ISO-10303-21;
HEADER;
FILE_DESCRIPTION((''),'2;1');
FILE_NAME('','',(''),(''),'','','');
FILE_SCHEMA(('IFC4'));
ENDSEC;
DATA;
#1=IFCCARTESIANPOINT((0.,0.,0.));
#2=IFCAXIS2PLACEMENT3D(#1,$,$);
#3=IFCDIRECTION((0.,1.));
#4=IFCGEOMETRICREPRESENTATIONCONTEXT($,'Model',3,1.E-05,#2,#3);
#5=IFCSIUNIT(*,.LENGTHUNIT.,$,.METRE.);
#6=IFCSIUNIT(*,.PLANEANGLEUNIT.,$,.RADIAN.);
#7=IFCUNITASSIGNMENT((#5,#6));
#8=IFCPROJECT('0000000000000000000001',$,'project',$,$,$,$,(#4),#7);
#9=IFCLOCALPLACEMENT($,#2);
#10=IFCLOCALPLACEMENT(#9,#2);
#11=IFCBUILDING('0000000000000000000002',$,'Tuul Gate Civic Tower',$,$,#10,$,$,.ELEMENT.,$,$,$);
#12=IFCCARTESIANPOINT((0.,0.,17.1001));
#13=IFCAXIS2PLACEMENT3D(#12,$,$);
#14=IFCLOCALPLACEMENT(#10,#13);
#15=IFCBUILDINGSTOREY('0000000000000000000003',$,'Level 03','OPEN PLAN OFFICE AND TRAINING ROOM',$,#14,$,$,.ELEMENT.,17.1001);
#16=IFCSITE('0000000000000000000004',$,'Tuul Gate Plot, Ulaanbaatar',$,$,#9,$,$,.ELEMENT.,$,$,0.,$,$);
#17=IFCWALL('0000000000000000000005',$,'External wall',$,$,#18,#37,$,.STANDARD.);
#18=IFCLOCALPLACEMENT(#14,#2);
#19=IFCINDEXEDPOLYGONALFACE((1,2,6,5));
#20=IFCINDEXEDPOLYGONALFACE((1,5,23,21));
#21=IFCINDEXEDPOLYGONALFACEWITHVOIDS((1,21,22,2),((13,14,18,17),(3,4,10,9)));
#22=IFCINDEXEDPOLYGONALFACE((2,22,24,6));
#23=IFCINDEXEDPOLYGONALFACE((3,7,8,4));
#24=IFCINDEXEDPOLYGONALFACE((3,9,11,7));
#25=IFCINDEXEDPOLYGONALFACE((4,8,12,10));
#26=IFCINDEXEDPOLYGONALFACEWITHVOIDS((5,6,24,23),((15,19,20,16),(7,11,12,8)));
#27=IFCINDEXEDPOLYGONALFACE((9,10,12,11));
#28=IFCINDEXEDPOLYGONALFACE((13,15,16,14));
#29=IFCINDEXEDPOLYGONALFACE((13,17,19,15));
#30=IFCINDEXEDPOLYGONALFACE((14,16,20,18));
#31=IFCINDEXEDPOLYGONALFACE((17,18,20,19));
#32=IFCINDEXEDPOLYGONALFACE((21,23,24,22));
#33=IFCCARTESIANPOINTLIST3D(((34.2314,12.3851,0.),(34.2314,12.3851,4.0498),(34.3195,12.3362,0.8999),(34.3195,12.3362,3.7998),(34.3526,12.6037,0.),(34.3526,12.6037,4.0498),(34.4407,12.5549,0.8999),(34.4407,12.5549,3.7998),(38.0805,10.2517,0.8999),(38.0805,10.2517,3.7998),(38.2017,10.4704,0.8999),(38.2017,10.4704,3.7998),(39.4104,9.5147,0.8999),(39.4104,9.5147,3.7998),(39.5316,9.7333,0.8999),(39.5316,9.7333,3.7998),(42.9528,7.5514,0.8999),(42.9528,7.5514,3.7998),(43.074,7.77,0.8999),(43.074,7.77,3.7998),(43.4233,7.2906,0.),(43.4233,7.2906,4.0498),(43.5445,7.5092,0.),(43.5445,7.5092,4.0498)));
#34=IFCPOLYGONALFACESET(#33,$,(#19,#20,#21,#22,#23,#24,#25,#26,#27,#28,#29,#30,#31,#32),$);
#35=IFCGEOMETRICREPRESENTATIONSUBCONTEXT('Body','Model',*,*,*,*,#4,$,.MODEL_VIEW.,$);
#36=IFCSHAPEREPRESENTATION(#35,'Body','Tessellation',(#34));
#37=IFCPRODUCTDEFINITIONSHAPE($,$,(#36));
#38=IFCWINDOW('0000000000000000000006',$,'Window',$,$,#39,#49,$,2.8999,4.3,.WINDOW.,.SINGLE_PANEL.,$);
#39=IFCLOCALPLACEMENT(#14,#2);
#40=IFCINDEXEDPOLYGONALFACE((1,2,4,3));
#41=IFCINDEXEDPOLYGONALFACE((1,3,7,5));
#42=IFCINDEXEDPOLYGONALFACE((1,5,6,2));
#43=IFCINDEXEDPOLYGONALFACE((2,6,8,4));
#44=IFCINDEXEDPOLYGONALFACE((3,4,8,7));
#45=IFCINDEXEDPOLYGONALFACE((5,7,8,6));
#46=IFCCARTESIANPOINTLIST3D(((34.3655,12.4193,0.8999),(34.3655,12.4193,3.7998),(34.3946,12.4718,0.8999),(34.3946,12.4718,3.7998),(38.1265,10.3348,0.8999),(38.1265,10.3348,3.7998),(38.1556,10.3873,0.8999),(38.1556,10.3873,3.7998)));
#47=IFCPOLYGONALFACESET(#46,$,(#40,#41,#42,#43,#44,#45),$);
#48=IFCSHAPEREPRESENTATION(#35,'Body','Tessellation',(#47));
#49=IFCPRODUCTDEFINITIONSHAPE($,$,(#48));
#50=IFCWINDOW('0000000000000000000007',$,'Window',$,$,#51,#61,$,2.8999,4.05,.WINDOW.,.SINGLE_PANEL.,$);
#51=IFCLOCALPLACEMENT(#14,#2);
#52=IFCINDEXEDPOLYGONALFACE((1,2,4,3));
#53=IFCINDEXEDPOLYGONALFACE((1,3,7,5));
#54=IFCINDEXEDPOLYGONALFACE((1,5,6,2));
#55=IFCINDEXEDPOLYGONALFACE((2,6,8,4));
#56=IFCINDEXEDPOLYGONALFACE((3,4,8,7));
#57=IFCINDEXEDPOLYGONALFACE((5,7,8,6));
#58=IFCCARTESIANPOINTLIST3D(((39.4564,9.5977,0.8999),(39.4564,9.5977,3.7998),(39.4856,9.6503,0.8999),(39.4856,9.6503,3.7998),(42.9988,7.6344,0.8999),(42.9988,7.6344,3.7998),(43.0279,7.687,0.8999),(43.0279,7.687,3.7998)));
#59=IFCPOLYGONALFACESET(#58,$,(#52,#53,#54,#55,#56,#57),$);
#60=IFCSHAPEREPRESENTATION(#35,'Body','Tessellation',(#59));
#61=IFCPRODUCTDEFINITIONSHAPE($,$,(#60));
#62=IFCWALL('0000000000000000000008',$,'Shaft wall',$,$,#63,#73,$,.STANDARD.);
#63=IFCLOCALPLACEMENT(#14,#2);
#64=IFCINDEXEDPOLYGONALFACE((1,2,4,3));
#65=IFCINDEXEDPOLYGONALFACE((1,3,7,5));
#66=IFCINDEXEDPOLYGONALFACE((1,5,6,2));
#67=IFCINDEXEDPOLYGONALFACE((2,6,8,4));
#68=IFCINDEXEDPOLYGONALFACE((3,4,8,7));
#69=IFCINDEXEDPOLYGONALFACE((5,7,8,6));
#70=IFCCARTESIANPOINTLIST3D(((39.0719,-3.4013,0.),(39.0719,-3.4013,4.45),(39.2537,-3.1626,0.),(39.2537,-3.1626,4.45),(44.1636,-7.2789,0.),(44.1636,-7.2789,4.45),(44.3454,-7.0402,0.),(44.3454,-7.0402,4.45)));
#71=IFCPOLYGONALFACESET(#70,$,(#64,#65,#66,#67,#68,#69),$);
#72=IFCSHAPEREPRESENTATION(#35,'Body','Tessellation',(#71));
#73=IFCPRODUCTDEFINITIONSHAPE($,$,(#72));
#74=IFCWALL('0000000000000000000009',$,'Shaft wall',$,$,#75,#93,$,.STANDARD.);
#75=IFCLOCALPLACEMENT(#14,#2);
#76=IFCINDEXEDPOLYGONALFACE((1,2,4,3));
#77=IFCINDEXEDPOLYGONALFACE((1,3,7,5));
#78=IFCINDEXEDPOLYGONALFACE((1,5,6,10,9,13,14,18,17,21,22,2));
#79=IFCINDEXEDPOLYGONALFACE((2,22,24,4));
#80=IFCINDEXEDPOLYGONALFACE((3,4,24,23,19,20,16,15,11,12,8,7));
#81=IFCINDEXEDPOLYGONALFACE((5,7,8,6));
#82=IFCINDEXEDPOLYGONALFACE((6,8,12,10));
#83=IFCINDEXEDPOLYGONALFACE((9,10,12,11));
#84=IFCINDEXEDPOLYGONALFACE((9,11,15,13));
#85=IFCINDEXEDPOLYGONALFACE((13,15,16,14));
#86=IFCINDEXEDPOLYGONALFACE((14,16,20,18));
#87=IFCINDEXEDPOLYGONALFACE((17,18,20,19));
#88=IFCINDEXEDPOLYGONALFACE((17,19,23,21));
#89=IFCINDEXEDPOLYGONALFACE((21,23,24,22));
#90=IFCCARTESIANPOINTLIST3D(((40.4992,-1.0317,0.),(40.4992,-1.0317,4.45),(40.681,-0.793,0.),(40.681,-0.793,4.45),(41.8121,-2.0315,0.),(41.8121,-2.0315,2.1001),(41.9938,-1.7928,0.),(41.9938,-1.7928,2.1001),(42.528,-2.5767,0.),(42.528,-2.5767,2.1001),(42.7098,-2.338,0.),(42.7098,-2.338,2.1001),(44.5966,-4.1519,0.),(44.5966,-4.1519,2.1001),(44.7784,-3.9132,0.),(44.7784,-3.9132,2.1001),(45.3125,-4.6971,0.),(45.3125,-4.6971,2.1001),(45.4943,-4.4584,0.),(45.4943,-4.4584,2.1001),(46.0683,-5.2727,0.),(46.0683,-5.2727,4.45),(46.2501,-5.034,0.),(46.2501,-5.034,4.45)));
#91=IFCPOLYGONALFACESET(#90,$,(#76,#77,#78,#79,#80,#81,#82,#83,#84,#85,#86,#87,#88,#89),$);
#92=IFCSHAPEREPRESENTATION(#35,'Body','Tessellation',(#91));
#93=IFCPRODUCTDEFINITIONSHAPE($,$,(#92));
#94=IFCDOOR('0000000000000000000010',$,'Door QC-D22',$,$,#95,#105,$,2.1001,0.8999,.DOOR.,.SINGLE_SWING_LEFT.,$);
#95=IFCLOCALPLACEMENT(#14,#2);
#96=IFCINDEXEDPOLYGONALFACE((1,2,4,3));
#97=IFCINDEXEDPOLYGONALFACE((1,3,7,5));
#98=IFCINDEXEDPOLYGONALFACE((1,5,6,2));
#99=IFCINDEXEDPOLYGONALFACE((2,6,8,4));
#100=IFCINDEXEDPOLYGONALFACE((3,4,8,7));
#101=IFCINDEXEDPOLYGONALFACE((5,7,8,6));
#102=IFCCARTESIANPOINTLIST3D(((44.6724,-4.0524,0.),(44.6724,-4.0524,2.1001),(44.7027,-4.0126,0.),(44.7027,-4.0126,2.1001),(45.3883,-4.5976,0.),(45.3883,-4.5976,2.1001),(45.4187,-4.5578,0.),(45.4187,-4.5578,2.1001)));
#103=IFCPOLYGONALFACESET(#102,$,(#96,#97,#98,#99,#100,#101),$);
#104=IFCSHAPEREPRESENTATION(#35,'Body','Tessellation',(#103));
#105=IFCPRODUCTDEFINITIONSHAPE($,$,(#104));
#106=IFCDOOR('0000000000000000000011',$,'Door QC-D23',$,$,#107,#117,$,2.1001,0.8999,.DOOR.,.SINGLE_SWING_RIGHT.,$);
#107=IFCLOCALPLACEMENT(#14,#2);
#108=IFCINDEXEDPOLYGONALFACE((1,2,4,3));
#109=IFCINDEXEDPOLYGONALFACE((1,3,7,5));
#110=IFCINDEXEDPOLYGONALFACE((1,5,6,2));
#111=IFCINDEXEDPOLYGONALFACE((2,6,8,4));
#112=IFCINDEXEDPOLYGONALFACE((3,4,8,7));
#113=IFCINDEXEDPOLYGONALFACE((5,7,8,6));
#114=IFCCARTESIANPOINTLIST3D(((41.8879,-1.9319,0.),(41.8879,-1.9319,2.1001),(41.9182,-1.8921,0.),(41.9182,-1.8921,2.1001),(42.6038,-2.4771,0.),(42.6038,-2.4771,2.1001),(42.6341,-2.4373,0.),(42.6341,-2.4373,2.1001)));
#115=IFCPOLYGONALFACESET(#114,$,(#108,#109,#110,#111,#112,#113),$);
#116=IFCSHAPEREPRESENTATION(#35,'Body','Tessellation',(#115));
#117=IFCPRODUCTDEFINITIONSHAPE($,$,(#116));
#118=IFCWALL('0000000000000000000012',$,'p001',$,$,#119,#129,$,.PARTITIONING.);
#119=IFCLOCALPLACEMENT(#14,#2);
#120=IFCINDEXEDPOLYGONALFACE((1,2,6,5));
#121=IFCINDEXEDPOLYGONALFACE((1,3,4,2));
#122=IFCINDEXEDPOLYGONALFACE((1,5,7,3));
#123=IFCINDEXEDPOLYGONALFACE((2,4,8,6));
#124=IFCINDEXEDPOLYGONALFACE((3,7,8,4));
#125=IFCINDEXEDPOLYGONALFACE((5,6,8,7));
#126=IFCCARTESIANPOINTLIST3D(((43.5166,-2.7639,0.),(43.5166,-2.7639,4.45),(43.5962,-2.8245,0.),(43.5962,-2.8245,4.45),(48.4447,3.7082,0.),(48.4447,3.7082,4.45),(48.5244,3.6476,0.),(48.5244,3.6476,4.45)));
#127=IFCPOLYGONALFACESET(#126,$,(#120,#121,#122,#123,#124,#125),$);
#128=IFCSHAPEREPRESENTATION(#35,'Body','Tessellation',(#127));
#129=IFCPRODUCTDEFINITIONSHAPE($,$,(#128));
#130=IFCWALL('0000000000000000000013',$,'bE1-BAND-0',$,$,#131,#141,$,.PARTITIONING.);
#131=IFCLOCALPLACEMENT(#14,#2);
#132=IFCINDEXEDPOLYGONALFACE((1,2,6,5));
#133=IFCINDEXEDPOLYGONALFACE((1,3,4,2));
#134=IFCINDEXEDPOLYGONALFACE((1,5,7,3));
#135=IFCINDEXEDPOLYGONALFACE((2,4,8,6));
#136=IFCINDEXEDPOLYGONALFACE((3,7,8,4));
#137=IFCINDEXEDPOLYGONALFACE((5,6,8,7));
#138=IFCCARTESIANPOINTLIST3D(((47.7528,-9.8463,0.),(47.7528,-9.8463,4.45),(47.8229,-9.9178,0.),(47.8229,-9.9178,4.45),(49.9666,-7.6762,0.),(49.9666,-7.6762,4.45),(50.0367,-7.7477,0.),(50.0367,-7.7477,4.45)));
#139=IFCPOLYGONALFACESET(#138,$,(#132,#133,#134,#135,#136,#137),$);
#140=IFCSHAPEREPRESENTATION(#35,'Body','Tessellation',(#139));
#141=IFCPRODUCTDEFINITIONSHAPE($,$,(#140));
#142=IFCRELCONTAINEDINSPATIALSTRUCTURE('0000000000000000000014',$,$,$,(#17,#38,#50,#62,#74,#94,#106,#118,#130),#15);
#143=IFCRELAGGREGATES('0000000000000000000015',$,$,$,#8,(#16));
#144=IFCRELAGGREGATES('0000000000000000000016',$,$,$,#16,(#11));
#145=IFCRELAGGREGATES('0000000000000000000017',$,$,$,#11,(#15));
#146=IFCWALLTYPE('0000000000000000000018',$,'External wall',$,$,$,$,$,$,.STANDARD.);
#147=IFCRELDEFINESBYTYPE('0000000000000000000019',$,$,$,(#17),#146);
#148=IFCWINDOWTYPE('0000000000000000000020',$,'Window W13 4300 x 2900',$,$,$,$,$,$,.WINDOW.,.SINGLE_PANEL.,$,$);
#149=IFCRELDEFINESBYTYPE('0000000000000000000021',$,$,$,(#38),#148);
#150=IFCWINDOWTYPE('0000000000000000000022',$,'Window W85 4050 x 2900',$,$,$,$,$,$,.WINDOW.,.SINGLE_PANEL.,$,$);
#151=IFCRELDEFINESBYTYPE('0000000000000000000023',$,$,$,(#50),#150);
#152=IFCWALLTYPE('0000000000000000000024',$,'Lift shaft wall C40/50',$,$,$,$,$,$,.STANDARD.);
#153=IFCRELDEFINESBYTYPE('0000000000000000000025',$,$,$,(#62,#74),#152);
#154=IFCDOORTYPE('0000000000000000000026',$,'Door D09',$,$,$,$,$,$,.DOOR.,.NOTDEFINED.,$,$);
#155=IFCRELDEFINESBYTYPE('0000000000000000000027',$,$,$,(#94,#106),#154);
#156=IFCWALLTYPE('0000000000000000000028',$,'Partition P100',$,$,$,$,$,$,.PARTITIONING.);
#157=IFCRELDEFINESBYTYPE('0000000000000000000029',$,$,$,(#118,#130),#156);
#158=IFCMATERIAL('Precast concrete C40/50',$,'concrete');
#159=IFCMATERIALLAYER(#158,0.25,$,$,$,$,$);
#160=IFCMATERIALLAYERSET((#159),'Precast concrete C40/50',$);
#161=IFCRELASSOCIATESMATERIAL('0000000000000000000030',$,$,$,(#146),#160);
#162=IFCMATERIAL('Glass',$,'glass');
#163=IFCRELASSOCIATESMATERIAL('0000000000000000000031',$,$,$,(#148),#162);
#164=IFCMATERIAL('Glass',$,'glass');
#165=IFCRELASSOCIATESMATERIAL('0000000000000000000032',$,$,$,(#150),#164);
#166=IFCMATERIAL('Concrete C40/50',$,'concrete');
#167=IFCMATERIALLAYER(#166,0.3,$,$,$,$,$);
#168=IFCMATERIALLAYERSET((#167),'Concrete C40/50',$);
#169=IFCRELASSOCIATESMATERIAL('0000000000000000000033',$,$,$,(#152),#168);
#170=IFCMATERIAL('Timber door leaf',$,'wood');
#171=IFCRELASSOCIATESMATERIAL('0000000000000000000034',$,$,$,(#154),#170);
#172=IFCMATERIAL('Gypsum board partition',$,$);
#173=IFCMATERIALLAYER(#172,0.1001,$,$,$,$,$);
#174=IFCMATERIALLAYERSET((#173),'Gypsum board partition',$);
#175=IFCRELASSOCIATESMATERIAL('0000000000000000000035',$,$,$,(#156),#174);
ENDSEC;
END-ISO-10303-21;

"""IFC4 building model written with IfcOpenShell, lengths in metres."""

from ifc_helpers import new_model, si_unit, direction, frame, frame_2d, origin, place, context, subcontext, project, spatial, rectangle, extrude, material, layer, layer_set, type_object, element, fill, save


model = new_model("IFC4")

# Units and contexts
model_context = context("Model", 3, precision=1e-05, world=origin(), true_north=direction((0.0, 1.0)))
body_context = subcontext(model_context, "Body", "Model", "MODEL_VIEW")
ifc_project = project(units=[si_unit("LENGTHUNIT", "METRE"), si_unit("PLANEANGLEUNIT", "RADIAN")], contexts=[model_context])

# Site, building, storey
site_placement = place(None, origin())
site = spatial("IfcSite", under=ifc_project, at=site_placement, Name="Tuul Gate Plot, Ulaanbaatar", CompositionType="ELEMENT", RefElevation=0.0)
building_placement = place(site_placement, origin())
building = spatial("IfcBuilding", under=site, at=building_placement, Name="Tuul Gate Civic Tower", CompositionType="ELEMENT")
storey_placement = place(building_placement, frame((0.0, 0.0, 17.1001)))
storey = spatial("IfcBuildingStorey", under=building, at=storey_placement, Name="Level 03", Description="OPEN PLAN OFFICE AND TRAINING ROOM", CompositionType="ELEMENT", Elevation=17.1001)

# Wall, openings, windows
ifc_material_1 = material(Name="Precast concrete C40/50", Category="concrete")
ifc_layer_1 = layer(ifc_material_1, 0.25)
ifc_layer_set_1 = layer_set([ifc_layer_1], Name="Precast concrete C40/50")
wall_type_1 = type_object("IfcWallType", Name="External wall", PredefinedType="STANDARD", material=ifc_layer_set_1)
ifc_material_2 = material(Name="Glass", Category="glass")
window_type_1 = type_object("IfcWindowType", Name="Window W13 4300 x 2900", PartitioningType="SINGLE_PANEL", PredefinedType="WINDOW", material=ifc_material_2)
wall_1_placement = place(storey_placement, frame((43.4839, 7.3999, 0.0), z_axis=(0.0, 0.0, 1.0), x_axis=(-0.874647, 0.484761, 0.0)))
wall_1 = element("IfcWall", 1, at=wall_1_placement, inside=storey, type_object=wall_type_1, Name="External wall", PredefinedType="STANDARD", context=body_context, shape_type="SweptSolid", body=[
    extrude(rectangle(XDim=10.5093, YDim=0.25, at=frame_2d((5.2546, 0.0))), origin(), (0.0, 0.0, 1.0), 4.0498),
])
opening_1_placement = place(wall_1_placement, frame((0.5381, 0.0, 0.8999)))
opening_1 = element("IfcOpeningElement", 2, at=opening_1_placement, cuts=wall_1, PredefinedType="OPENING", context=body_context, shape_type="SweptSolid", body=[
    extrude(rectangle(XDim=4.05, YDim=2.8999, at=frame_2d((2.0249, 1.45))), frame((0.0, 0.135, 0.0), z_axis=(0.0, -1.0, 0.0), x_axis=(1.0, 0.0, 0.0)), (0.0, 0.0, 1.0), 0.27),
])
opening_2_placement = place(wall_1_placement, frame((6.1086, 0.0, 0.8999)))
opening_2 = element("IfcOpeningElement", 3, at=opening_2_placement, cuts=wall_1, PredefinedType="OPENING", context=body_context, shape_type="SweptSolid", body=[
    extrude(rectangle(XDim=4.3, YDim=2.8999, at=frame_2d((2.1499, 1.45))), frame((0.0, 0.135, 0.0), z_axis=(0.0, -1.0, 0.0), x_axis=(1.0, 0.0, 0.0)), (0.0, 0.0, 1.0), 0.27),
])
window_1_placement = place(opening_2_placement, origin())
window_1 = element("IfcWindow", 4, at=window_1_placement, inside=storey, type_object=window_type_1, Name="Window", OverallHeight=2.8999, OverallWidth=4.3, PartitioningType="SINGLE_PANEL", PredefinedType="WINDOW", context=body_context, shape_type="SweptSolid", body=[
    extrude(rectangle(XDim=4.3, YDim=2.8999, at=frame_2d((2.1499, 1.45))), frame((0.0, 0.03, 0.0), z_axis=(0.0, -1.0, 0.0), x_axis=(1.0, 0.0, 0.0)), (0.0, 0.0, 1.0), 0.0601),
])
fill(opening_2, window_1)
ifc_material_3 = material(Name="Glass", Category="glass")
window_type_2 = type_object("IfcWindowType", Name="Window W85 4050 x 2900", PartitioningType="SINGLE_PANEL", PredefinedType="WINDOW", material=ifc_material_3)
window_2_placement = place(opening_1_placement, origin())
window_2 = element("IfcWindow", 5, at=window_2_placement, inside=storey, type_object=window_type_2, Name="Window", OverallHeight=2.8999, OverallWidth=4.05, PartitioningType="SINGLE_PANEL", PredefinedType="WINDOW", context=body_context, shape_type="SweptSolid", body=[
    extrude(rectangle(XDim=4.05, YDim=2.8999, at=frame_2d((2.0249, 1.45))), frame((0.0, 0.03, 0.0), z_axis=(0.0, -1.0, 0.0), x_axis=(1.0, 0.0, 0.0)), (0.0, 0.0, 1.0), 0.0601),
])
fill(opening_1, window_2)

# Wall
ifc_material_4 = material(Name="Concrete C40/50", Category="concrete")
ifc_layer_2 = layer(ifc_material_4, 0.3)
ifc_layer_set_2 = layer_set([ifc_layer_2], Name="Concrete C40/50")
wall_type_2 = type_object("IfcWallType", Name="Lift shaft wall C40/50", PredefinedType="STANDARD", material=ifc_layer_set_2)
wall_2_placement = place(storey_placement, frame((44.2546, -7.1597, 0.0), z_axis=(0.0, 0.0, 1.0), x_axis=(-0.795566, 0.605867, 0.0)))
element("IfcWall", 6, at=wall_2_placement, inside=storey, type_object=wall_type_2, Name="Shaft wall", PredefinedType="STANDARD", context=body_context, shape_type="SweptSolid", body=[
    extrude(rectangle(XDim=6.4001, YDim=0.3, at=frame_2d((3.2002, 0.0))), origin(), (0.0, 0.0, 1.0), 4.45),
])

# Wall, openings, doors
wall_3_placement = place(storey_placement, frame((46.1592, -5.1533, 0.0), z_axis=(0.0, 0.0, 1.0), x_axis=(-0.79558, 0.605849, 0.0)))
wall_3 = element("IfcWall", 7, at=wall_3_placement, inside=storey, type_object=wall_type_2, Name="Shaft wall", PredefinedType="STANDARD", context=body_context, shape_type="SweptSolid", body=[
    extrude(rectangle(XDim=7.0, YDim=0.3, at=frame_2d((3.5, 0.0))), origin(), (0.0, 0.0, 1.0), 4.45),
])
opening_3_placement = place(wall_3_placement, frame((0.95, 0.0, 0.0)))
opening_3 = element("IfcOpeningElement", 8, at=opening_3_placement, cuts=wall_3, PredefinedType="OPENING", context=body_context, shape_type="SweptSolid", body=[
    extrude(rectangle(XDim=0.8999, YDim=2.1001, at=frame_2d((0.45, 1.05))), frame((0.0, 0.1602, 0.0), z_axis=(0.0, -1.0, 0.0), x_axis=(1.0, 0.0, 0.0)), (0.0, 0.0, 1.0), 0.3201),
])
opening_4_placement = place(wall_3_placement, frame((4.45, 0.0, 0.0)))
opening_4 = element("IfcOpeningElement", 9, at=opening_4_placement, cuts=wall_3, PredefinedType="OPENING", context=body_context, shape_type="SweptSolid", body=[
    extrude(rectangle(XDim=0.8999, YDim=2.1001, at=frame_2d((0.45, 1.05))), frame((0.0, 0.1602, 0.0), z_axis=(0.0, -1.0, 0.0), x_axis=(1.0, 0.0, 0.0)), (0.0, 0.0, 1.0), 0.3201),
])
ifc_material_5 = material(Name="Timber door leaf", Category="wood")
door_type_1 = type_object("IfcDoorType", Name="Door D09", OperationType="NOTDEFINED", PredefinedType="DOOR", material=ifc_material_5)
door_1_placement = place(opening_3_placement, origin())
door_1 = element("IfcDoor", 10, at=door_1_placement, inside=storey, type_object=door_type_1, Name="Door QC-D22", OperationType="SINGLE_SWING_LEFT", OverallHeight=2.1001, OverallWidth=0.8999, PredefinedType="DOOR", context=body_context, shape_type="SweptSolid", body=[
    extrude(rectangle(XDim=0.8999, YDim=2.1001, at=frame_2d((0.45, 1.05))), frame((0.0, 0.0249, 0.0), z_axis=(0.0, -1.0, 0.0), x_axis=(1.0, 0.0, 0.0)), (0.0, 0.0, 1.0), 0.05),
])
fill(opening_3, door_1)
door_2_placement = place(opening_4_placement, origin())
door_2 = element("IfcDoor", 11, at=door_2_placement, inside=storey, type_object=door_type_1, Name="Door QC-D23", OperationType="SINGLE_SWING_RIGHT", OverallHeight=2.1001, OverallWidth=0.8999, PredefinedType="DOOR", context=body_context, shape_type="SweptSolid", body=[
    extrude(rectangle(XDim=0.8999, YDim=2.1001, at=frame_2d((0.45, 1.05))), frame((0.0, 0.0249, 0.0), z_axis=(0.0, -1.0, 0.0), x_axis=(1.0, 0.0, 0.0)), (0.0, 0.0, 1.0), 0.05),
])
fill(opening_4, door_2)

# Walls
ifc_material_6 = material(Name="Gypsum board partition")
ifc_layer_3 = layer(ifc_material_6, 0.1001)
ifc_layer_set_3 = layer_set([ifc_layer_3], Name="Gypsum board partition")
wall_type_3 = type_object("IfcWallType", Name="Partition P100", PredefinedType="PARTITIONING", material=ifc_layer_set_3)
wall_4_placement = place(storey_placement, frame((43.5564, -2.7942, 0.0), z_axis=(0.0, 0.0, 1.0), x_axis=(0.605814, 0.795607, 0.0)))
element("IfcWall", 12, at=wall_4_placement, inside=storey, type_object=wall_type_3, Name="p001", PredefinedType="PARTITIONING", context=body_context, shape_type="SweptSolid", body=[
    extrude(rectangle(XDim=8.1348, YDim=0.1001, at=frame_2d((4.0674, 0.0))), origin(), (0.0, 0.0, 1.0), 4.45),
])
wall_5_placement = place(storey_placement, frame((47.7878, -9.8821, 0.0), z_axis=(0.0, 0.0, 1.0), x_axis=(0.71412, 0.700023, 0.0)))
element("IfcWall", 13, at=wall_5_placement, inside=storey, type_object=wall_type_3, Name="bE1-BAND-0", PredefinedType="PARTITIONING", context=body_context, shape_type="SweptSolid", body=[
    extrude(rectangle(XDim=3.1001, YDim=0.1001, at=frame_2d((1.55, 0.0))), origin(), (0.0, 0.0, 1.0), 4.45),
])

save(model, "model.ifc")
